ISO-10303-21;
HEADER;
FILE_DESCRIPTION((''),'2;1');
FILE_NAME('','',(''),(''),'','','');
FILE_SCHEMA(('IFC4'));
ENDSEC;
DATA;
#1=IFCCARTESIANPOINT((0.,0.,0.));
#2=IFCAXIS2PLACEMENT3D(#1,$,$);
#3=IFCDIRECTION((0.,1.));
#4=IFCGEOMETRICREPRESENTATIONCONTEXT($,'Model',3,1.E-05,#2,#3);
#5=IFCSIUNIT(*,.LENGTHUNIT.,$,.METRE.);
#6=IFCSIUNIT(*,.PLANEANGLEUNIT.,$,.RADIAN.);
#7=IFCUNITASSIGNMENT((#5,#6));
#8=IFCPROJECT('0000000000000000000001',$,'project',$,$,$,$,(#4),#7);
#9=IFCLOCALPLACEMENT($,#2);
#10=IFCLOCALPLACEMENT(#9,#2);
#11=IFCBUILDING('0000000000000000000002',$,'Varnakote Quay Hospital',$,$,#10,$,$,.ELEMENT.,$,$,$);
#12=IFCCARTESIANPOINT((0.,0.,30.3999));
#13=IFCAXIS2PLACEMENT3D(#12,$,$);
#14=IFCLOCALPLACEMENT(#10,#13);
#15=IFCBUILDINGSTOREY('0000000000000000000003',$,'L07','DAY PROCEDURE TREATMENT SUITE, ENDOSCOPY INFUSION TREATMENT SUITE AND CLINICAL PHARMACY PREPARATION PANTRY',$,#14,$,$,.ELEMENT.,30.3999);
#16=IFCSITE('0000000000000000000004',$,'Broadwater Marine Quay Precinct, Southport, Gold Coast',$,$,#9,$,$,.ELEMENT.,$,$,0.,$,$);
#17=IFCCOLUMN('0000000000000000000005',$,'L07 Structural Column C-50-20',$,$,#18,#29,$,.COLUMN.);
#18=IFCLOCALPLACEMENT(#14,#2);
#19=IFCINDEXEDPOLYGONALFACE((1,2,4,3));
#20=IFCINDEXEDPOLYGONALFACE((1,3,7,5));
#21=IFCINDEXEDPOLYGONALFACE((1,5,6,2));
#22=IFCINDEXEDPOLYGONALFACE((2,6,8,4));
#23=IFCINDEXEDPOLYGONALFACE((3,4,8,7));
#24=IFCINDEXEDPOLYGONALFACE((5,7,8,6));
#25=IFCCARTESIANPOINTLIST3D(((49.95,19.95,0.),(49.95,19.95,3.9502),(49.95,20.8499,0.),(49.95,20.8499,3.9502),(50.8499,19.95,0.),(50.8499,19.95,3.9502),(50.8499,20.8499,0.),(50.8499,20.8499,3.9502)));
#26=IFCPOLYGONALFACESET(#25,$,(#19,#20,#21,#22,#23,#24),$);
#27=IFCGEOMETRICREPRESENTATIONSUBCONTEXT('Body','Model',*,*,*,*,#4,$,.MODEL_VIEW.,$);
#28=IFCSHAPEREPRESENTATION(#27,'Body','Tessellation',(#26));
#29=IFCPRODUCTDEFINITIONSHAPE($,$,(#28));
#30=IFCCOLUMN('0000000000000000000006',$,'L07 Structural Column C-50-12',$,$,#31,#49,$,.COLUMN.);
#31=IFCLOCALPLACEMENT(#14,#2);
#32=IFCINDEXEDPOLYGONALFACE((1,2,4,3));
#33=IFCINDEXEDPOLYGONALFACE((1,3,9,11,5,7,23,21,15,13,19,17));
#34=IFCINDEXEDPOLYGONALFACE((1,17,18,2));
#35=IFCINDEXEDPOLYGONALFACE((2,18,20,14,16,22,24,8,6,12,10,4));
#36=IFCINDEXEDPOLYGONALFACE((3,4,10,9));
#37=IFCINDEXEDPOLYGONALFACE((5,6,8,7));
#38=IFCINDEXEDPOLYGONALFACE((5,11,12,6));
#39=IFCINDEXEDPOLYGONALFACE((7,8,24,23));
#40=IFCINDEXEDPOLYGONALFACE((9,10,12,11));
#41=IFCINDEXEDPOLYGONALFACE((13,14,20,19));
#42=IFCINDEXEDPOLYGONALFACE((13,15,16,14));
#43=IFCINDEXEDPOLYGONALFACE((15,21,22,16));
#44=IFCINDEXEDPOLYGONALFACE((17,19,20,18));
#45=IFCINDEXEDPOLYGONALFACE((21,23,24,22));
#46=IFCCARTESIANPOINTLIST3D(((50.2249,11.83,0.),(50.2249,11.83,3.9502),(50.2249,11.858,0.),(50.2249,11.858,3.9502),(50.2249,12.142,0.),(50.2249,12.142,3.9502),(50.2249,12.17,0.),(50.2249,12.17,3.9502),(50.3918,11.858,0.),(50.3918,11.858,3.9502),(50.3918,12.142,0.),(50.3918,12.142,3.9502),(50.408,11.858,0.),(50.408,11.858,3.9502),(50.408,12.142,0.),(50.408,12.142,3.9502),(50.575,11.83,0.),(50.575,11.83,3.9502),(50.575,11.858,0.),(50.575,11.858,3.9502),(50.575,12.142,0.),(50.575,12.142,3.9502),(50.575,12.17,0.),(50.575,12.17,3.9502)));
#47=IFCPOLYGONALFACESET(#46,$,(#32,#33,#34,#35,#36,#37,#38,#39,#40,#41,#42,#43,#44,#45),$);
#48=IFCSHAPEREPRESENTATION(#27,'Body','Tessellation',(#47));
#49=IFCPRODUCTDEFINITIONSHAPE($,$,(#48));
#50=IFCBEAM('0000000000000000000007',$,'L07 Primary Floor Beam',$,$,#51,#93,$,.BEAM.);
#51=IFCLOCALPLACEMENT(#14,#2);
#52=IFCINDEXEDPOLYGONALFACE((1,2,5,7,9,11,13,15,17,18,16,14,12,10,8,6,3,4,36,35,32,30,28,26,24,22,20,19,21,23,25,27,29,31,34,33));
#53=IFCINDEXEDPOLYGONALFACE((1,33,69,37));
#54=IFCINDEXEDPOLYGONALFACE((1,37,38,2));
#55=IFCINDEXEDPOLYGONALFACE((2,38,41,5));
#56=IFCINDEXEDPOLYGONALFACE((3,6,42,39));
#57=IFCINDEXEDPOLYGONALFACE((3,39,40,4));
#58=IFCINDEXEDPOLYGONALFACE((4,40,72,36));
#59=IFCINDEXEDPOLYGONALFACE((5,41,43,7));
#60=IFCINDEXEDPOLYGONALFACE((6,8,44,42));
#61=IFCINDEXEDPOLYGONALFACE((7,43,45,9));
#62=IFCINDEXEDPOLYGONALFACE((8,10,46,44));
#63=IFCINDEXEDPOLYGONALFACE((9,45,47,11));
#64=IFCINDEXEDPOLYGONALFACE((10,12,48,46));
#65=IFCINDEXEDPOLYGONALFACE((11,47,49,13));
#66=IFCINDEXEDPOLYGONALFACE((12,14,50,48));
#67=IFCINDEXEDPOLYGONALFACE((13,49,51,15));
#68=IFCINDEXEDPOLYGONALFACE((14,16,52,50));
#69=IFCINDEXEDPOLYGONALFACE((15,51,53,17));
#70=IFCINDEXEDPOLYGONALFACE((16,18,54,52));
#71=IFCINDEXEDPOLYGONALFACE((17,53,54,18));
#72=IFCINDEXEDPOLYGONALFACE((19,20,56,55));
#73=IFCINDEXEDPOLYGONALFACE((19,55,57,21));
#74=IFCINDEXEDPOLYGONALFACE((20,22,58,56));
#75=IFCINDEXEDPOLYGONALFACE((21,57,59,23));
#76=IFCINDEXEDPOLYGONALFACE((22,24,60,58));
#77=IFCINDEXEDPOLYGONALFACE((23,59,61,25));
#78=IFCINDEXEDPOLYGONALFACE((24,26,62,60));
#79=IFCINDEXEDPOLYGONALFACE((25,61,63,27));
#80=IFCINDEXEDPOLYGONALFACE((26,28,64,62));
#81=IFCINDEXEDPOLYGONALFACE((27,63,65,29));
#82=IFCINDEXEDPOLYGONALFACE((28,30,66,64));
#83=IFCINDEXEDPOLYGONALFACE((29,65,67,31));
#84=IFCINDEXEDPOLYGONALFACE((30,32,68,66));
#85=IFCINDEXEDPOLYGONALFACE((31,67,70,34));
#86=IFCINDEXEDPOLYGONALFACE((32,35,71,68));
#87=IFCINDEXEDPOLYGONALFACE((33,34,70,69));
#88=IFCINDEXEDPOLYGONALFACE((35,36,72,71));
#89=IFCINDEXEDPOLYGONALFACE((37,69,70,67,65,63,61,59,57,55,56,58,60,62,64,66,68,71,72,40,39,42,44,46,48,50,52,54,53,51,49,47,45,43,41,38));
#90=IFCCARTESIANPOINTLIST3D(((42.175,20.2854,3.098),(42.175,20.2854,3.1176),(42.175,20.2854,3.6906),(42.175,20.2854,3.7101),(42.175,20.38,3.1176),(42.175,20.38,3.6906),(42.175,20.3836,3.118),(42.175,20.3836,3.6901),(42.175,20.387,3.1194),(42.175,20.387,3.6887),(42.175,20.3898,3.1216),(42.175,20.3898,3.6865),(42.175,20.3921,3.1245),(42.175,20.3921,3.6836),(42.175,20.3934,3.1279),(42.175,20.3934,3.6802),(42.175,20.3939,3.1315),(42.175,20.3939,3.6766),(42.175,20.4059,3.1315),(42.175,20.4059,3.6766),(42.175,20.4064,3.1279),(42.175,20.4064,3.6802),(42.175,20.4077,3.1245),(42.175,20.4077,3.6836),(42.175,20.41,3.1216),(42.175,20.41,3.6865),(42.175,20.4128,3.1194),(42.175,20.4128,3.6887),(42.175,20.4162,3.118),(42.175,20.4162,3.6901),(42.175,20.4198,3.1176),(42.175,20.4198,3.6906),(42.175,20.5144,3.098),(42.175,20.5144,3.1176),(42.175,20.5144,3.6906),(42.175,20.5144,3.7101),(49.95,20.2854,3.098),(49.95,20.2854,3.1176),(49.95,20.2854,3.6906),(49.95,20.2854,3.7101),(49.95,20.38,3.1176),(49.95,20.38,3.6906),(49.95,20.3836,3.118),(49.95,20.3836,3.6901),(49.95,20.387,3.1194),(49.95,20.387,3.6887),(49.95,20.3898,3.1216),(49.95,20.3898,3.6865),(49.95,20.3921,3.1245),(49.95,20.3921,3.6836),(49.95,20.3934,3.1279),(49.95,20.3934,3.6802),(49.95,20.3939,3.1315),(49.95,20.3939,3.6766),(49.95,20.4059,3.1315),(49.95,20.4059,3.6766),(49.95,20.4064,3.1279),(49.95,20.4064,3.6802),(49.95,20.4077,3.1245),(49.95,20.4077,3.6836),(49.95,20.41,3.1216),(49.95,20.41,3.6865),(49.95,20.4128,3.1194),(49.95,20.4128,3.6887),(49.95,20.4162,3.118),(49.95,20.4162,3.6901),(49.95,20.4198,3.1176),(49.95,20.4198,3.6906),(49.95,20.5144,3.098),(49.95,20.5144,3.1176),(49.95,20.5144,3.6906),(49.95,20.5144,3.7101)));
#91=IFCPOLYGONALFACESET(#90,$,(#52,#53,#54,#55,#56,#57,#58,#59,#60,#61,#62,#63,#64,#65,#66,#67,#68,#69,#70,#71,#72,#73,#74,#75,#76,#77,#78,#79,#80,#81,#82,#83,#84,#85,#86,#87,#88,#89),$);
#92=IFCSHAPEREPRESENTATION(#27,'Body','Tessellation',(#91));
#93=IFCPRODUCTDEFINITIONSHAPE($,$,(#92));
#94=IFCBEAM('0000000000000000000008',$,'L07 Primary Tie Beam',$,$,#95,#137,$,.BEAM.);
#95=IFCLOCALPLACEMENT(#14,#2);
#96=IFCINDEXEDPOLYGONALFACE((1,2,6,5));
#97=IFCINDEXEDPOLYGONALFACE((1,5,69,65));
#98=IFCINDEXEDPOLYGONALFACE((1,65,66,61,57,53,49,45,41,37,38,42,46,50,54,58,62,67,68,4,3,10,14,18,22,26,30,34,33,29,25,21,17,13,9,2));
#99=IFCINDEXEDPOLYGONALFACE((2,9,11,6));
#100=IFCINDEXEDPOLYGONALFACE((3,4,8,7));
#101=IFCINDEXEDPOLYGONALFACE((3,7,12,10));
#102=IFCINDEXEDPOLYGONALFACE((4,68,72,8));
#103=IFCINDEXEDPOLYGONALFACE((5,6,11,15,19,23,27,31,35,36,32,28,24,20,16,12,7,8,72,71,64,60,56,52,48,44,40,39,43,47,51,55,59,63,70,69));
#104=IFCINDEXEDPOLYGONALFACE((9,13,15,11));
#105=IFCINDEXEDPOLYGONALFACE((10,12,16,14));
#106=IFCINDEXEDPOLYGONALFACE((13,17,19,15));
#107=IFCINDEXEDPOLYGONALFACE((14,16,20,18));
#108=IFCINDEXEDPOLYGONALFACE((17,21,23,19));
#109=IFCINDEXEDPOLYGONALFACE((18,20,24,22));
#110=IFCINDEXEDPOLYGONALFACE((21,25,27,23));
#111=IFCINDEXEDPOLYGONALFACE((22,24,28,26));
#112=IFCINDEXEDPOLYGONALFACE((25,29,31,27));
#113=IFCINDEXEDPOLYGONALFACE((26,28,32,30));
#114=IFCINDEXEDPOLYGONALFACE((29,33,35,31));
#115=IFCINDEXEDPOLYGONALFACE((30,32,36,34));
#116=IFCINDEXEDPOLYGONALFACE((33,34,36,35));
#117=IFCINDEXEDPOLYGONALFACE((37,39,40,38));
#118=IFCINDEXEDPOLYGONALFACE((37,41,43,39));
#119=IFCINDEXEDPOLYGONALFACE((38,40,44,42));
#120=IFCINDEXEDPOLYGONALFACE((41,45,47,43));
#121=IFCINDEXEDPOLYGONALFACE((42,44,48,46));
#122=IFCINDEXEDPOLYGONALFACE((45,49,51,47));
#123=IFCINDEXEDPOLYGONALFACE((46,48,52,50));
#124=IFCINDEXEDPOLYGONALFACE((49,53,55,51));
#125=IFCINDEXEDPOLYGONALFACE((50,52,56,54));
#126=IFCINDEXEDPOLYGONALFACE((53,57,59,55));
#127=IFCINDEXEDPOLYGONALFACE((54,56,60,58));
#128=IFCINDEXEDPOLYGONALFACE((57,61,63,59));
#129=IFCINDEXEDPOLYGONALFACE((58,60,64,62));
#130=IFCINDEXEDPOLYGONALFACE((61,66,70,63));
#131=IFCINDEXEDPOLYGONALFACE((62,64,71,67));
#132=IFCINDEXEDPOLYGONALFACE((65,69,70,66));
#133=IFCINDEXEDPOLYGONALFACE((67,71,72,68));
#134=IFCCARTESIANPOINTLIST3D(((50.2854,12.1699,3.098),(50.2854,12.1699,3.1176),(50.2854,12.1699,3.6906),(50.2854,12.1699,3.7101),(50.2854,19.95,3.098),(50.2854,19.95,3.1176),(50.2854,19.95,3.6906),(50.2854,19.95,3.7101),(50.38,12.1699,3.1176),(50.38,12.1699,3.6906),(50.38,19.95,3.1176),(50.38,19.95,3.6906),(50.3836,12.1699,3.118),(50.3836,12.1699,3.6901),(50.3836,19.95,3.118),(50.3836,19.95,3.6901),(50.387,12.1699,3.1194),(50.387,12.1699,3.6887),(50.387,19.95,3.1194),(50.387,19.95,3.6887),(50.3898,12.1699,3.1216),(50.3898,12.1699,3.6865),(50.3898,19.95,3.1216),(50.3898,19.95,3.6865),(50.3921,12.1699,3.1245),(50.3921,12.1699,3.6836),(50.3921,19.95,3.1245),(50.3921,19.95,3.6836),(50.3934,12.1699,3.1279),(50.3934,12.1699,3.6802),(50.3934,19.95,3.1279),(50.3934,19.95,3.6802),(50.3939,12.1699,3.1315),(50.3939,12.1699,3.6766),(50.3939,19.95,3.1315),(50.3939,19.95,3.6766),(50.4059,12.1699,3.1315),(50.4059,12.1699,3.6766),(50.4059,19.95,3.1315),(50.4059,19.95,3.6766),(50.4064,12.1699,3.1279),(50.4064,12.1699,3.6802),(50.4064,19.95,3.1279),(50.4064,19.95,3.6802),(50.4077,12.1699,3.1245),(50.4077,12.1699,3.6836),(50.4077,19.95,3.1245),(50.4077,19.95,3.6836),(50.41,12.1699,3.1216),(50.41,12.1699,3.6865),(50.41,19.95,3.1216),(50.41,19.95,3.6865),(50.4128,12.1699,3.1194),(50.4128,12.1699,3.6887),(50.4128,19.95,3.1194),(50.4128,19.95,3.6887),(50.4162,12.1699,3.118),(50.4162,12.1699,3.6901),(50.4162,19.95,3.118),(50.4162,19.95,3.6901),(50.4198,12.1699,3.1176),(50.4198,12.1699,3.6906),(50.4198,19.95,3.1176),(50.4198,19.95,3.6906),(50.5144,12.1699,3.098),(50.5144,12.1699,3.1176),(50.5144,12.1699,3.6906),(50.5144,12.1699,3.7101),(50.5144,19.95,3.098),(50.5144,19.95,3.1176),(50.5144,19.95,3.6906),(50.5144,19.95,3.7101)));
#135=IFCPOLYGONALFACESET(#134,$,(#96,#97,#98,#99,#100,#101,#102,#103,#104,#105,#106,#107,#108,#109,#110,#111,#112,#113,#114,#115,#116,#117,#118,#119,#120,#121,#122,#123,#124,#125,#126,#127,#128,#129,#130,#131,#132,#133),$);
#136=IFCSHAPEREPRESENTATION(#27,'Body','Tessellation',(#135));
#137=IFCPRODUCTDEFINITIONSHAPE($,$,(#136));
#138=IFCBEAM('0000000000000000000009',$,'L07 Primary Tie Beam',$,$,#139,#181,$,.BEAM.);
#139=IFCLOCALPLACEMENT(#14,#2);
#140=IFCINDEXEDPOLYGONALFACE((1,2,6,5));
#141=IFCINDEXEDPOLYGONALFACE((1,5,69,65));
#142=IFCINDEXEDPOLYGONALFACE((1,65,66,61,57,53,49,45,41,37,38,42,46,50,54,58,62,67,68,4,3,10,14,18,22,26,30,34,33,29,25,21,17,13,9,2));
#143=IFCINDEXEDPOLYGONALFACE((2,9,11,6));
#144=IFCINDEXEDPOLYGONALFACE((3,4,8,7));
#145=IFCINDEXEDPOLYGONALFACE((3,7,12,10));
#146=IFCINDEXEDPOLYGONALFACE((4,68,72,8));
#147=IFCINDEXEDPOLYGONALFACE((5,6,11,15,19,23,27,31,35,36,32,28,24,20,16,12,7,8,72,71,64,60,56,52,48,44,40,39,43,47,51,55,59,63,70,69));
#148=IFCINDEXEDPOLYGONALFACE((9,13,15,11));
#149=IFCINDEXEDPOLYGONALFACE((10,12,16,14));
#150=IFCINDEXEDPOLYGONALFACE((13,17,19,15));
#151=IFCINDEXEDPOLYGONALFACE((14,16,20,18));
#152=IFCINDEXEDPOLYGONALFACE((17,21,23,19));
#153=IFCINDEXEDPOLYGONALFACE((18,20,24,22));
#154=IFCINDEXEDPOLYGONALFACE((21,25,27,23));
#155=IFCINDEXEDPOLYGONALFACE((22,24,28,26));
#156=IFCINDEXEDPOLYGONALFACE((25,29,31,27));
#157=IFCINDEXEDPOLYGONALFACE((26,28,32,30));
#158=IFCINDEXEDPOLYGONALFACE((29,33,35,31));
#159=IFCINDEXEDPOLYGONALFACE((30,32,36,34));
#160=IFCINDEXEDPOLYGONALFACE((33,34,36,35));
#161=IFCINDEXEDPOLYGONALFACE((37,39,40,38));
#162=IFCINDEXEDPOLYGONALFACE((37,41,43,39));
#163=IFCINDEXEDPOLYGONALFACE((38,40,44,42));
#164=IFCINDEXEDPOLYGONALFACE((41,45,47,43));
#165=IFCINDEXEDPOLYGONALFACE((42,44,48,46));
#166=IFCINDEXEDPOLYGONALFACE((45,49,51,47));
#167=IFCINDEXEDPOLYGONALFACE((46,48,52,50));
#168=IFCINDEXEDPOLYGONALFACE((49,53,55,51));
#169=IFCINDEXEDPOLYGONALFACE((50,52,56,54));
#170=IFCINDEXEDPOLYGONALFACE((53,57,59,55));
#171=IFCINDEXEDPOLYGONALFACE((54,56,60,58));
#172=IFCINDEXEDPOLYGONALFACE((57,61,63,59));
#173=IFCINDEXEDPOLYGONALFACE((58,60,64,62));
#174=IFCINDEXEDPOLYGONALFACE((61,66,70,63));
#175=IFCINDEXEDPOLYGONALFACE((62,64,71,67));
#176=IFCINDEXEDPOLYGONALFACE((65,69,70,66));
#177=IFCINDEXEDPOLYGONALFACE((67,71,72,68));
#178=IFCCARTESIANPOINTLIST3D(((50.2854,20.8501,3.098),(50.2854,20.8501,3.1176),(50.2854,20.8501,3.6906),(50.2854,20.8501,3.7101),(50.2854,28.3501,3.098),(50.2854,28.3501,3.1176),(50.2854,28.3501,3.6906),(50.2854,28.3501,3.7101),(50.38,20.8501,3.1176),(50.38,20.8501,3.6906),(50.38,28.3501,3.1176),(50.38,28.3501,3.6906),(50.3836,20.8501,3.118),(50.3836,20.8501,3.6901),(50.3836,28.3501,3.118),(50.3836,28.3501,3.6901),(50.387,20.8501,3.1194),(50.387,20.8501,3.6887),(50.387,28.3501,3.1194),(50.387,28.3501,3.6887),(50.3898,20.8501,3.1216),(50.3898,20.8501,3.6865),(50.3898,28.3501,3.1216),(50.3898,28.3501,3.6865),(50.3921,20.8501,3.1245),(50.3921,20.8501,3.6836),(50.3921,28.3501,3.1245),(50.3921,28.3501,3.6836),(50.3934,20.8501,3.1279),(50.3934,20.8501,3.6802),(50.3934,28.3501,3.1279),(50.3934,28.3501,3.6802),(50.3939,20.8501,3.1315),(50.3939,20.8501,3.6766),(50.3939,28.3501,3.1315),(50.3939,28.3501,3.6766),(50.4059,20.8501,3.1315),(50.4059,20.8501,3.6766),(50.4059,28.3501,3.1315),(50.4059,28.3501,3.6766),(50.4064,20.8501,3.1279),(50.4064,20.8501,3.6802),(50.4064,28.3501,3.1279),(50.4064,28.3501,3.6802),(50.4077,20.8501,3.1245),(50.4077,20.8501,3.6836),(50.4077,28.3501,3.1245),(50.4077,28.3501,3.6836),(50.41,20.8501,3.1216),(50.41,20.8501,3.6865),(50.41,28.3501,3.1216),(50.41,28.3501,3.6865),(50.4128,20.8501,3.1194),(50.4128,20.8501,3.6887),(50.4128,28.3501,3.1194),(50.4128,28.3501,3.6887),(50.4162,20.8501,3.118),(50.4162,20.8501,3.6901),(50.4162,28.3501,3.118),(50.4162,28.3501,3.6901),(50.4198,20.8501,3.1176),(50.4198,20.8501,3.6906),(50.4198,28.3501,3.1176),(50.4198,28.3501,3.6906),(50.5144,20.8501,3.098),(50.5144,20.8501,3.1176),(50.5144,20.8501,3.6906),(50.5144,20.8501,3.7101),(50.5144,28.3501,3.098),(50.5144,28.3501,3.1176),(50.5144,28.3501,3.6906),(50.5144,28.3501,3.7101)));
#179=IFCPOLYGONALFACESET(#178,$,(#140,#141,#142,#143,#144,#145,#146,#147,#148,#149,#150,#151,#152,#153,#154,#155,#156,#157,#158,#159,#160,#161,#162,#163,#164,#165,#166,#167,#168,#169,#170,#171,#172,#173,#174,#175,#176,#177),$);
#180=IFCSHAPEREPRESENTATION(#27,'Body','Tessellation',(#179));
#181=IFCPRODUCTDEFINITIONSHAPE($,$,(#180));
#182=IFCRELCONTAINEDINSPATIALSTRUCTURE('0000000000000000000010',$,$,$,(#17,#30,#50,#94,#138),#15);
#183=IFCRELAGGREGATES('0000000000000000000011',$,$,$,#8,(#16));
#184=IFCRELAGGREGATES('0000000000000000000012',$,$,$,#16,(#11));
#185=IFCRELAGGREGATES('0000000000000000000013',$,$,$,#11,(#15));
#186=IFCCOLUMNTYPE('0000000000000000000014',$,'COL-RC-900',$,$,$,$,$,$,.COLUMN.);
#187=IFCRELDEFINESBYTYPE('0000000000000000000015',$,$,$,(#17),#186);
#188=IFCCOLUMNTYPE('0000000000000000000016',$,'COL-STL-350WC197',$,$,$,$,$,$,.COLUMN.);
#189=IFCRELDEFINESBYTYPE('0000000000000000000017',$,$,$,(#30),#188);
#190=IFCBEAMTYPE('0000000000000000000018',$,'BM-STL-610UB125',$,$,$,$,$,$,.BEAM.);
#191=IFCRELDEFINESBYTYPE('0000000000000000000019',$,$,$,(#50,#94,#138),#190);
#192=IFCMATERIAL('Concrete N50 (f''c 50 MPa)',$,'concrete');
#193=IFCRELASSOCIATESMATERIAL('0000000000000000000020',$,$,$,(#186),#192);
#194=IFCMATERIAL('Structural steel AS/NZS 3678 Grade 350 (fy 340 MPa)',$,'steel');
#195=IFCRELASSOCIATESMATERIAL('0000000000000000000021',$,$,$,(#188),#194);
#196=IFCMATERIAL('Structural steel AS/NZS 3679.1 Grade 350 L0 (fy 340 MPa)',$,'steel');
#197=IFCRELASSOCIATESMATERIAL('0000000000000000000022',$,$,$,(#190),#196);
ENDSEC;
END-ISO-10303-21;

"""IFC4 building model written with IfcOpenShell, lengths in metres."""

from ifc_helpers import new_model, si_unit, direction, frame, origin, origin_2d, place, context, subcontext, project, spatial, rectangle, i_section, extrude, material, material_profile, profile_set, type_object, element, save


model = new_model("IFC4")

# Units and contexts
model_context = context("Model", 3, precision=1e-05, world=origin(), true_north=direction((0.0, 1.0)))
body_context = subcontext(model_context, "Body", "Model", "MODEL_VIEW")
ifc_project = project(units=[si_unit("LENGTHUNIT", "METRE"), si_unit("PLANEANGLEUNIT", "RADIAN")], contexts=[model_context])

# Site, building, storey
site_placement = place(None, origin())
site = spatial("IfcSite", under=ifc_project, at=site_placement, Name="Broadwater Marine Quay Precinct, Southport, Gold Coast", CompositionType="ELEMENT", RefElevation=0.0)
building_placement = place(site_placement, origin())
building = spatial("IfcBuilding", under=site, at=building_placement, Name="Varnakote Quay Hospital", CompositionType="ELEMENT")
storey_placement = place(building_placement, frame((0.0, 0.0, 30.3999)))
storey = spatial("IfcBuildingStorey", under=building, at=storey_placement, Name="L07", Description="DAY PROCEDURE TREATMENT SUITE, ENDOSCOPY INFUSION TREATMENT SUITE AND CLINICAL PHARMACY PREPARATION PANTRY", CompositionType="ELEMENT", Elevation=30.3999)

# Columns
ifc_material_1 = material(Name="Concrete N50 (f'c 50 MPa)", Category="concrete")
ifc_material_profile_1 = material_profile(ifc_material_1, rectangle(XDim=0.8999, YDim=0.8999, at=origin_2d()), Name="RC-COL-900x900")
ifc_profile_set_1 = profile_set([ifc_material_profile_1], Name="Concrete N50 (f'c 50 MPa)")
column_type_1 = type_object("IfcColumnType", Name="COL-RC-900", PredefinedType="COLUMN", material=ifc_profile_set_1)
column_1_placement = place(storey_placement, frame((50.3999, 20.3999, 0.0), z_axis=(0.0, 0.0, 1.0), x_axis=(1.0, 0.0, 0.0)))
element("IfcColumn", 1, at=column_1_placement, inside=storey, type_object=column_type_1, Name="L07 Structural Column C-50-20", PredefinedType="COLUMN", context=body_context, shape_type="SweptSolid", body=[
    extrude(rectangle(XDim=0.8999, YDim=0.8999, at=origin_2d()), origin(), (0.0, 0.0, 1.0), 3.9502),
])
ifc_material_2 = material(Name="Structural steel AS/NZS 3678 Grade 350 (fy 340 MPa)", Category="steel")
ifc_material_profile_2 = material_profile(ifc_material_2, i_section(OverallWidth=0.3501, OverallDepth=0.3401, WebThickness=0.0161, FlangeThickness=0.0281, at=origin_2d()), Name="350WC197")
ifc_profile_set_2 = profile_set([ifc_material_profile_2], Name="Structural steel AS/NZS 3678 Grade 350 (fy 340 MPa)")
column_type_2 = type_object("IfcColumnType", Name="COL-STL-350WC197", PredefinedType="COLUMN", material=ifc_profile_set_2)
column_2_placement = place(storey_placement, frame((50.3999, 12.0, 0.0), z_axis=(0.0, 0.0, 1.0), x_axis=(1.0, 0.0, 0.0)))
element("IfcColumn", 2, at=column_2_placement, inside=storey, type_object=column_type_2, Name="L07 Structural Column C-50-12", PredefinedType="COLUMN", context=body_context, shape_type="SweptSolid", body=[
    extrude(i_section(OverallWidth=0.3501, OverallDepth=0.3401, WebThickness=0.0161, FlangeThickness=0.0281, at=origin_2d()), origin(), (0.0, 0.0, 1.0), 3.9502),
])

# Beams
ifc_material_3 = material(Name="Structural steel AS/NZS 3679.1 Grade 350 L0 (fy 340 MPa)", Category="steel")
ifc_material_profile_3 = material_profile(ifc_material_3, i_section(OverallWidth=0.229, OverallDepth=0.6121, WebThickness=0.012, FlangeThickness=0.0195, FilletRadius=0.0139, at=origin_2d()), Name="610UB125")
ifc_profile_set_3 = profile_set([ifc_material_profile_3], Name="Structural steel AS/NZS 3679.1 Grade 350 L0 (fy 340 MPa)")
beam_type = type_object("IfcBeamType", Name="BM-STL-610UB125", PredefinedType="BEAM", material=ifc_profile_set_3)
beam_1_placement = place(storey_placement, frame((42.175, 20.3999, 3.4041), z_axis=(1.0, 0.0, 0.0), x_axis=(0.0, 1.0, 0.0)))
element("IfcBeam", 3, at=beam_1_placement, inside=storey, type_object=beam_type, Name="L07 Primary Floor Beam", PredefinedType="BEAM", context=body_context, shape_type="SweptSolid", body=[
    extrude(i_section(OverallWidth=0.229, OverallDepth=0.6121, WebThickness=0.012, FlangeThickness=0.0195, FilletRadius=0.0139, at=origin_2d()), origin(), (0.0, 0.0, 1.0), 7.7749),
])
beam_2_placement = place(storey_placement, frame((50.3999, 12.1699, 3.4041), z_axis=(0.0, 1.0, 0.0), x_axis=(-1.0, 0.0, 0.0)))
element("IfcBeam", 4, at=beam_2_placement, inside=storey, type_object=beam_type, Name="L07 Primary Tie Beam", PredefinedType="BEAM", context=body_context, shape_type="SweptSolid", body=[
    extrude(i_section(OverallWidth=0.229, OverallDepth=0.6121, WebThickness=0.012, FlangeThickness=0.0195, FilletRadius=0.0139, at=origin_2d()), origin(), (0.0, 0.0, 1.0), 7.78),
])
beam_3_placement = place(storey_placement, frame((50.3999, 20.8501, 3.4041), z_axis=(0.0, 1.0, 0.0), x_axis=(-1.0, 0.0, 0.0)))
element("IfcBeam", 5, at=beam_3_placement, inside=storey, type_object=beam_type, Name="L07 Primary Tie Beam", PredefinedType="BEAM", context=body_context, shape_type="SweptSolid", body=[
    extrude(i_section(OverallWidth=0.229, OverallDepth=0.6121, WebThickness=0.012, FlangeThickness=0.0195, FilletRadius=0.0139, at=origin_2d()), origin(), (0.0, 0.0, 1.0), 7.5),
])

save(model, "model.ifc")
